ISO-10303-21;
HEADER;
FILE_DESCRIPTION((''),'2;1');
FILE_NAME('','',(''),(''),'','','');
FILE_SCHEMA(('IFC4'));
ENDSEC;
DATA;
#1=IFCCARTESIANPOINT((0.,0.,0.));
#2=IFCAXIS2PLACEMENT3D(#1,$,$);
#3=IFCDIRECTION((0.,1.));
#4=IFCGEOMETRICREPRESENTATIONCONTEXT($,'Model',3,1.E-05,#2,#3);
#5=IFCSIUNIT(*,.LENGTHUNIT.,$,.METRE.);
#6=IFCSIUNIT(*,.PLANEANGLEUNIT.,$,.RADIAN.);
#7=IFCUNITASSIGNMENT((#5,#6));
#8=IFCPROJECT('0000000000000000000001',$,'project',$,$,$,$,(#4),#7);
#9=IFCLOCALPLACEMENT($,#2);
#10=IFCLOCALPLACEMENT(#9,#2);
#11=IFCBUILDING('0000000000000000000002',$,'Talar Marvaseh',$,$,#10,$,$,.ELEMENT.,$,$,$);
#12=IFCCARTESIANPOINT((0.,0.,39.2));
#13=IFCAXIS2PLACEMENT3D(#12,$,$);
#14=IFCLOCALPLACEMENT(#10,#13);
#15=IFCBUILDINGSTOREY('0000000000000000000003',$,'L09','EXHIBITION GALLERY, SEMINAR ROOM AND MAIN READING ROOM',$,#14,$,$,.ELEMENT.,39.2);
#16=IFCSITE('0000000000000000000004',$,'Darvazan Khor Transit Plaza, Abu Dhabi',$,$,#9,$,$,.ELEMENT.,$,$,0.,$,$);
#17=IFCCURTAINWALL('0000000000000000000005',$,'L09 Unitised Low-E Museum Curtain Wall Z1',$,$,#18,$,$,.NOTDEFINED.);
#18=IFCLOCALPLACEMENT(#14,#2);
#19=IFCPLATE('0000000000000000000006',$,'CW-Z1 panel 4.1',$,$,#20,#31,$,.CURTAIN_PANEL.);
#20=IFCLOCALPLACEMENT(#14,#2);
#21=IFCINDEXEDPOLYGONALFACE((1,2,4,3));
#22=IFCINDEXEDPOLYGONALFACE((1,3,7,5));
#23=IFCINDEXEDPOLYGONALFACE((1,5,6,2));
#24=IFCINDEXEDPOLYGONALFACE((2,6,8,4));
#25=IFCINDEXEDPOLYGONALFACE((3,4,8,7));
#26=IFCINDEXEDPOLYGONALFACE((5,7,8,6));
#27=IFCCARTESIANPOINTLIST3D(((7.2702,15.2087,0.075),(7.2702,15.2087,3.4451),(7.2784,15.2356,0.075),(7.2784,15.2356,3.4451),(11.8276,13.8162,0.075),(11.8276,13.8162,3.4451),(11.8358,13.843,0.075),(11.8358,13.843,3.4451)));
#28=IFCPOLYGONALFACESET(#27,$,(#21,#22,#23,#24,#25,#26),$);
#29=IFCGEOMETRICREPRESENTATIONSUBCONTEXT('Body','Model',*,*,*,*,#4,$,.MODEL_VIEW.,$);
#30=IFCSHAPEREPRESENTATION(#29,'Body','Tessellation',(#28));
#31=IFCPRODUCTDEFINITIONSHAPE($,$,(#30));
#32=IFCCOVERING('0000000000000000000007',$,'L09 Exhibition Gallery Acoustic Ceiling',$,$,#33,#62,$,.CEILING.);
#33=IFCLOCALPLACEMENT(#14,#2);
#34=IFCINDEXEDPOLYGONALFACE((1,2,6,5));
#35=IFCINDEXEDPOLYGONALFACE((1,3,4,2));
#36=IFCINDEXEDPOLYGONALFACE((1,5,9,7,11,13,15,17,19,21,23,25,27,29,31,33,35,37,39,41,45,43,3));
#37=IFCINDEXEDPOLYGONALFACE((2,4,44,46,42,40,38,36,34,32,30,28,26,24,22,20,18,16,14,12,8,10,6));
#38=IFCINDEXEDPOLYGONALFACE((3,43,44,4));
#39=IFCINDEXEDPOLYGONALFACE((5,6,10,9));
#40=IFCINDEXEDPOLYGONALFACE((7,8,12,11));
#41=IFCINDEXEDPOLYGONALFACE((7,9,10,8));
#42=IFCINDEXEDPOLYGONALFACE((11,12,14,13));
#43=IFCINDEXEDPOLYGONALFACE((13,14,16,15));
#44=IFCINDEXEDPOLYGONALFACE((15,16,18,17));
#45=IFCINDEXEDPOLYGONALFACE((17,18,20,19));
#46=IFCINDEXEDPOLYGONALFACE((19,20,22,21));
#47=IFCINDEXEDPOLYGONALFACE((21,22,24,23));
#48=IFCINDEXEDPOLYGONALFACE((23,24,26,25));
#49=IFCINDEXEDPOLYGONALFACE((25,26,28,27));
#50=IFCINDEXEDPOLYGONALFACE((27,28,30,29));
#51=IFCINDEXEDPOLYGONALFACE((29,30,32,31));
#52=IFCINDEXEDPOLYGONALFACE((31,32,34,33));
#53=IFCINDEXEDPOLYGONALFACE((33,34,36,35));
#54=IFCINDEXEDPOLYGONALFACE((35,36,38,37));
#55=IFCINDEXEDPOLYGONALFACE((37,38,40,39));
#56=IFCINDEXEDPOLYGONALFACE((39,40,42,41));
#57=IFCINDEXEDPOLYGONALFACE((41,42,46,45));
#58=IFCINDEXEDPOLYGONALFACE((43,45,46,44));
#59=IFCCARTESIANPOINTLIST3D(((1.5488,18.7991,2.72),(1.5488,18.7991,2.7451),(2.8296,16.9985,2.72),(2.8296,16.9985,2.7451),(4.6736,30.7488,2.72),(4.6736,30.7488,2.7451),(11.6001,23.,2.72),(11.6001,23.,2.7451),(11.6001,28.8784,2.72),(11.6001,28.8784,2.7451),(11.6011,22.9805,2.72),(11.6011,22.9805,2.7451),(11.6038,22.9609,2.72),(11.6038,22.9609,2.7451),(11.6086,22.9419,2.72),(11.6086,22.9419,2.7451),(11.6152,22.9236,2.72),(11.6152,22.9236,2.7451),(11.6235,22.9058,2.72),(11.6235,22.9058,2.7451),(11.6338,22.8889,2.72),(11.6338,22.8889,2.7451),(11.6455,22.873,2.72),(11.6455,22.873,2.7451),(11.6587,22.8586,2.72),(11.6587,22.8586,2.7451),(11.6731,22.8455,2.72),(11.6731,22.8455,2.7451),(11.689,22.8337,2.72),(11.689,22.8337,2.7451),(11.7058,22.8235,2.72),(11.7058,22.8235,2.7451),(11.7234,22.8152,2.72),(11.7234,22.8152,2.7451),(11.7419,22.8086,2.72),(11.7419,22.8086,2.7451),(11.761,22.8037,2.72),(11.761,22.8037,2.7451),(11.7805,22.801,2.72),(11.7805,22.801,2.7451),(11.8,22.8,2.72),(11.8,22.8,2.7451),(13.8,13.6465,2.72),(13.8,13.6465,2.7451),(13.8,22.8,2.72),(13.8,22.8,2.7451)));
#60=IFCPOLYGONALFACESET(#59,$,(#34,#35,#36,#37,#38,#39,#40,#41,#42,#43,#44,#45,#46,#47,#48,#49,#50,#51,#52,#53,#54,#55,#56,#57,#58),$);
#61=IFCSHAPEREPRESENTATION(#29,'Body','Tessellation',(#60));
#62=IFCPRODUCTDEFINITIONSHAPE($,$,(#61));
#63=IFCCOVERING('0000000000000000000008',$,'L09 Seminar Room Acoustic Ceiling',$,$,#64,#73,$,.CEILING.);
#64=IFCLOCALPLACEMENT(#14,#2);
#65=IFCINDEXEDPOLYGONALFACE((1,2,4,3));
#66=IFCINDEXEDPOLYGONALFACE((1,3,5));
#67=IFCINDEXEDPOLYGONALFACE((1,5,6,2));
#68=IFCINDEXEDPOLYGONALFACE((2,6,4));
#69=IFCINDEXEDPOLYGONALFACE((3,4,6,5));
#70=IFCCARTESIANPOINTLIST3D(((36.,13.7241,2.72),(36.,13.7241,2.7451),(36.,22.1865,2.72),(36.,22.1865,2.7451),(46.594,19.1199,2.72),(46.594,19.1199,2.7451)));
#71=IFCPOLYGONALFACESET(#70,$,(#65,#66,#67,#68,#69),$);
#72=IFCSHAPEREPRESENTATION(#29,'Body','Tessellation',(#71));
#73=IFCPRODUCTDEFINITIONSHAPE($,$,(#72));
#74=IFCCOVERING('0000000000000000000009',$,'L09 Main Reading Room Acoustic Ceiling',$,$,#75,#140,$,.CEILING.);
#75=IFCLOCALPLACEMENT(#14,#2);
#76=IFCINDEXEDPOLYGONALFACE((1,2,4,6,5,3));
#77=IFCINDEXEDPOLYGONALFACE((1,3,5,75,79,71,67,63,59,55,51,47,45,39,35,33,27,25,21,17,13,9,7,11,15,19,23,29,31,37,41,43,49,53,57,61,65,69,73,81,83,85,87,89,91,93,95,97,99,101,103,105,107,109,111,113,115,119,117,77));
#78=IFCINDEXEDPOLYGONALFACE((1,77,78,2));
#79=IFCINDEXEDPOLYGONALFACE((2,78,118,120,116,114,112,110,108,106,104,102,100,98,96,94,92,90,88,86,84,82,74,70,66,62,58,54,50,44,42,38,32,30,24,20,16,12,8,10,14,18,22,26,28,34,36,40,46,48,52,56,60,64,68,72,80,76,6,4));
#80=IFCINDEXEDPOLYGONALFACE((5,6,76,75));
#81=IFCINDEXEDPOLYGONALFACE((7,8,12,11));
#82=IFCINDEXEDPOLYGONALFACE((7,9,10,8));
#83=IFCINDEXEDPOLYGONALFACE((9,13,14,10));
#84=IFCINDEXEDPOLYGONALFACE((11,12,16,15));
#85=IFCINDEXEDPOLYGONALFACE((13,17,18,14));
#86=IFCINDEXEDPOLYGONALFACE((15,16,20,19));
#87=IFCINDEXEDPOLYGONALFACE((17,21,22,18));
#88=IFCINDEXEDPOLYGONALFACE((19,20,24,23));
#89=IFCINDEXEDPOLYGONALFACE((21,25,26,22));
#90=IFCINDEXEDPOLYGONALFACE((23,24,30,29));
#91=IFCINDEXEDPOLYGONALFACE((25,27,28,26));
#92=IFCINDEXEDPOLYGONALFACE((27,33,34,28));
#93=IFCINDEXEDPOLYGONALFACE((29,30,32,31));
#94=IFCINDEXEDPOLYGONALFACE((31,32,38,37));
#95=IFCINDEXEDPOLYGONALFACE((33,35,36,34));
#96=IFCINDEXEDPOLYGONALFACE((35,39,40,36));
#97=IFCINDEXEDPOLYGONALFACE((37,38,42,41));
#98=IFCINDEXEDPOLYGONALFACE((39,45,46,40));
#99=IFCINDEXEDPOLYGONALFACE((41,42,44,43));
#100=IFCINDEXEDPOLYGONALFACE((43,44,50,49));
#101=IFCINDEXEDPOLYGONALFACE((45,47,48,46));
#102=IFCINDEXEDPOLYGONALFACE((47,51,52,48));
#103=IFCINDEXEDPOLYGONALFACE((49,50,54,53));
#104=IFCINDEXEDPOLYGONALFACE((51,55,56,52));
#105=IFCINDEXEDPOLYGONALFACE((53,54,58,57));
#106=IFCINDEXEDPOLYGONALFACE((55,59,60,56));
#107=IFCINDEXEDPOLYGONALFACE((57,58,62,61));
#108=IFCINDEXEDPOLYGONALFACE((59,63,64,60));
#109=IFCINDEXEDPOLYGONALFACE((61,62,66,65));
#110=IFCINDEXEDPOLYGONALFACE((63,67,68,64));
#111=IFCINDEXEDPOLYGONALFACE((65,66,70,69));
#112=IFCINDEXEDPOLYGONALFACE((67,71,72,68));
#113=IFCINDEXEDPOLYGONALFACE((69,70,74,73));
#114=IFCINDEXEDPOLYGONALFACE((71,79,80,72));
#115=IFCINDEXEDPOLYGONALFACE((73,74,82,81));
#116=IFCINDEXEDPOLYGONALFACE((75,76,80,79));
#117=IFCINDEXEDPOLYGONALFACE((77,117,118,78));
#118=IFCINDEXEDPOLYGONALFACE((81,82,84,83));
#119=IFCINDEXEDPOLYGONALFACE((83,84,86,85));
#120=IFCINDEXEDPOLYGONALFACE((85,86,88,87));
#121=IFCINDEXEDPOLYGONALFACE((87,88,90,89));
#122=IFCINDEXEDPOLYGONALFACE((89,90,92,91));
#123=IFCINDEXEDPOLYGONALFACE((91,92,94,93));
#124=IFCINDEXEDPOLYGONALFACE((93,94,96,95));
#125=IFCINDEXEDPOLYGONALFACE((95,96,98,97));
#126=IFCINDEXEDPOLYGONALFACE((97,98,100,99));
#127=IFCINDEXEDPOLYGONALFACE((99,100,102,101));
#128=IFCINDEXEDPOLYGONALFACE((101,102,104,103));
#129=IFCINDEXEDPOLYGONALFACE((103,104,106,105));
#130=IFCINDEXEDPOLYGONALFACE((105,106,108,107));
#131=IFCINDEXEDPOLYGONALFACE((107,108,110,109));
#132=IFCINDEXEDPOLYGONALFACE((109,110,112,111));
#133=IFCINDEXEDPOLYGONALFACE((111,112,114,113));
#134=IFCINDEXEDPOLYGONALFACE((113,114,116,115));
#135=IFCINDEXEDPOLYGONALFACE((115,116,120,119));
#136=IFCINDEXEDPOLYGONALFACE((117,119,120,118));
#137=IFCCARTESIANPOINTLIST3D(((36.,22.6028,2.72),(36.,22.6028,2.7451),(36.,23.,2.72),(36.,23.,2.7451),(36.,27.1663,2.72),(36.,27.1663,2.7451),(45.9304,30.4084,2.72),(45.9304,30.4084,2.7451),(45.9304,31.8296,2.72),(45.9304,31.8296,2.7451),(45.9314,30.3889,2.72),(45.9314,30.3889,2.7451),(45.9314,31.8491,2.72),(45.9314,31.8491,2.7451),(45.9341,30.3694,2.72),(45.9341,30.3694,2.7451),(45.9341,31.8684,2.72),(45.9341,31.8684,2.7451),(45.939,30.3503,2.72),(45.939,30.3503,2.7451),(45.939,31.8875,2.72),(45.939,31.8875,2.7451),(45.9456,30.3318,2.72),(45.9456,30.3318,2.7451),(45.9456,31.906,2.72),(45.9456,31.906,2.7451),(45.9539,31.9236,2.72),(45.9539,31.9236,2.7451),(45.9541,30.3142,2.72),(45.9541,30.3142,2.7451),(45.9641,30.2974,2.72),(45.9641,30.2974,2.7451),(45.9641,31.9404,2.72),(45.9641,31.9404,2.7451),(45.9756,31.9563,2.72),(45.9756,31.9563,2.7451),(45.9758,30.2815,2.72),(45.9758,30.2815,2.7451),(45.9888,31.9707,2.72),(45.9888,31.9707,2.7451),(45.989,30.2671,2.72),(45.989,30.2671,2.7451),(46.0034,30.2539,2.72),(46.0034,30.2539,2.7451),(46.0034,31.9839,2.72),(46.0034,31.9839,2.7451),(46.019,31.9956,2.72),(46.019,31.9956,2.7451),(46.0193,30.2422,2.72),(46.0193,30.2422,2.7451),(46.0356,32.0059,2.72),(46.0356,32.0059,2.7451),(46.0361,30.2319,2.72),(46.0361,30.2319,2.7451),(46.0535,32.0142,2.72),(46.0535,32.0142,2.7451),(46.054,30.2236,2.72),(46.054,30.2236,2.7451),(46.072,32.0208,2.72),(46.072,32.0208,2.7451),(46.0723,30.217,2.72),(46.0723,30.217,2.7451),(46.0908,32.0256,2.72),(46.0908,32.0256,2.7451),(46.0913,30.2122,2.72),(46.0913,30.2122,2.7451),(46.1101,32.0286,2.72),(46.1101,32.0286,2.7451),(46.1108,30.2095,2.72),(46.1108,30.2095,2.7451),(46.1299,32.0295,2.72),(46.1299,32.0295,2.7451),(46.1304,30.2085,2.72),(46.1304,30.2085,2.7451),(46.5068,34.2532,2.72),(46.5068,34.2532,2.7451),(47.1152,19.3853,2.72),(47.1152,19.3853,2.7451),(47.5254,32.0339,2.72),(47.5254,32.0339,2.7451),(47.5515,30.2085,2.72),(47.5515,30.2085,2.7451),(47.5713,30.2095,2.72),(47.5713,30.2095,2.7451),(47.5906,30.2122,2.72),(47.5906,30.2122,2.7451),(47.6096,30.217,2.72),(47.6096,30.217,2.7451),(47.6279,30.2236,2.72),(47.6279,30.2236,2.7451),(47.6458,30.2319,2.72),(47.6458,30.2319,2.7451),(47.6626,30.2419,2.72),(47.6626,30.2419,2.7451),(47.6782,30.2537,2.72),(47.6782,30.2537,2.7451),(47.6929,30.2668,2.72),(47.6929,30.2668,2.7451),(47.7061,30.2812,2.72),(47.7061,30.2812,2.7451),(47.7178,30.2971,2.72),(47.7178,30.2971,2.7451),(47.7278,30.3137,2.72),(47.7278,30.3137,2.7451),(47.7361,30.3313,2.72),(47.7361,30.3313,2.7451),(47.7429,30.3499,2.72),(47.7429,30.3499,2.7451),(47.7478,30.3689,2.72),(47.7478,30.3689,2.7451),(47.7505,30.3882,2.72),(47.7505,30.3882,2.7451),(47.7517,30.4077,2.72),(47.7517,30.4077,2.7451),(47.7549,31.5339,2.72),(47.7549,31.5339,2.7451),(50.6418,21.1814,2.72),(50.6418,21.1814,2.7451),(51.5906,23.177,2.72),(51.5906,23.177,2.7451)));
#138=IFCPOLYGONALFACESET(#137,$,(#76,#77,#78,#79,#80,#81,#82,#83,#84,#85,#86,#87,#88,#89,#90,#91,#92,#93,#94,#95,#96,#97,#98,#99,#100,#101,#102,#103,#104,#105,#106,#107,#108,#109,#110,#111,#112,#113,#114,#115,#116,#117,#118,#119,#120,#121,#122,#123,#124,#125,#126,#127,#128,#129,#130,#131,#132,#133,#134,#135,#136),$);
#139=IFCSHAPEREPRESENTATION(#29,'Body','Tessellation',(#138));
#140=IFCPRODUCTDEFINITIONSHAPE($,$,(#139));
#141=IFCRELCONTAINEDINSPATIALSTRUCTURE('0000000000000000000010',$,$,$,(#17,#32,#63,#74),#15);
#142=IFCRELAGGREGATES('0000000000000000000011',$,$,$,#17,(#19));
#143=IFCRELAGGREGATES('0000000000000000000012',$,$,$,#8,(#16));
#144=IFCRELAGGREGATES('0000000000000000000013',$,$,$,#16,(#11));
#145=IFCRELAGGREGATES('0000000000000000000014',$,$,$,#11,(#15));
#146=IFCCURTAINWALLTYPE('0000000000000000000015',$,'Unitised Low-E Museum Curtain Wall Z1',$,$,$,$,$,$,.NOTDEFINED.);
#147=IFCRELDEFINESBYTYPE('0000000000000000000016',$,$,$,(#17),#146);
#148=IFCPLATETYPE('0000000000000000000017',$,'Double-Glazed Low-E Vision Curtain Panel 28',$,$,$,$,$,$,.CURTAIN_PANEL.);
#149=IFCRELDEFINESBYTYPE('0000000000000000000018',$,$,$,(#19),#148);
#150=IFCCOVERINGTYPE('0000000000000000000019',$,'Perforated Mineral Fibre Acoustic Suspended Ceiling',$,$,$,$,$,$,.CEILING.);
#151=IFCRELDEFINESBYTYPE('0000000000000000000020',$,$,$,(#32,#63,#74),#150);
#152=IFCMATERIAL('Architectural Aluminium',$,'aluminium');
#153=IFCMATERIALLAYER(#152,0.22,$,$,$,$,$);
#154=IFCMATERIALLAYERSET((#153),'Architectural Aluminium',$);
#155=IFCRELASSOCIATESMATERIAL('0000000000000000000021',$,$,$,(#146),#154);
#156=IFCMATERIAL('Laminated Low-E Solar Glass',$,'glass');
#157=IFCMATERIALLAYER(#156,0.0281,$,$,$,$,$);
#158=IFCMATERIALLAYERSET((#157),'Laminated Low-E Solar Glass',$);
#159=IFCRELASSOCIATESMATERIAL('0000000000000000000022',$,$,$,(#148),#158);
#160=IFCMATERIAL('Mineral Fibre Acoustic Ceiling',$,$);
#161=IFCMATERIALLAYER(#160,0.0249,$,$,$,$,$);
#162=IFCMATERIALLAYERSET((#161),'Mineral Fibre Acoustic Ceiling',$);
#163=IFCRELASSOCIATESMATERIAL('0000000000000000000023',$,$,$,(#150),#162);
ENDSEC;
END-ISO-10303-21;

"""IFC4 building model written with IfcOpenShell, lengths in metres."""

from ifc_helpers import new_model, si_unit, direction, frame, origin, origin_2d, place, context, subcontext, project, spatial, polyline, rectangle, outline, extrude, source, transform, mapped, material, layer, layer_set, type_object, type_shapes, element, aggregate, save


model = new_model("IFC4")

# Units and contexts
model_context = context("Model", 3, precision=1e-05, world=origin(), true_north=direction((0.0, 1.0)))
body_context = subcontext(model_context, "Body", "Model", "MODEL_VIEW")
ifc_project = project(units=[si_unit("LENGTHUNIT", "METRE"), si_unit("PLANEANGLEUNIT", "RADIAN")], contexts=[model_context])

# Site, building, storey
site_placement = place(None, origin())
site = spatial("IfcSite", under=ifc_project, at=site_placement, Name="Darvazan Khor Transit Plaza, Abu Dhabi", CompositionType="ELEMENT", RefElevation=0.0)
building_placement = place(site_placement, origin())
building = spatial("IfcBuilding", under=site, at=building_placement, Name="Talar Marvaseh", CompositionType="ELEMENT")
storey_placement = place(building_placement, frame((0.0, 0.0, 39.2)))
storey = spatial("IfcBuildingStorey", under=building, at=storey_placement, Name="L09", Description="EXHIBITION GALLERY, SEMINAR ROOM AND MAIN READING ROOM", CompositionType="ELEMENT", Elevation=39.2)

# Curtain wall
ifc_material_1 = material(Name="Architectural Aluminium", Category="aluminium")
ifc_layer_1 = layer(ifc_material_1, 0.22)
ifc_layer_set_1 = layer_set([ifc_layer_1], Name="Architectural Aluminium")
curtain_wall_type = type_object("IfcCurtainWallType", Name="Unitised Low-E Museum Curtain Wall Z1", PredefinedType="NOTDEFINED", material=ifc_layer_set_1)
curtain_wall_placement = place(storey_placement, origin())
curtain_wall = element("IfcCurtainWall", 1, at=curtain_wall_placement, inside=storey, type_object=curtain_wall_type, Name="L09 Unitised Low-E Museum Curtain Wall Z1", PredefinedType="NOTDEFINED")

# Plate
ifc_material_2 = material(Name="Laminated Low-E Solar Glass", Category="glass")
ifc_layer_2 = layer(ifc_material_2, 0.0281)
ifc_layer_set_2 = layer_set([ifc_layer_2], Name="Laminated Low-E Solar Glass")
plate_type = type_object("IfcPlateType", Name="Double-Glazed Low-E Vision Curtain Panel 28", PredefinedType="CURTAIN_PANEL", material=ifc_layer_set_2)
shared_shape_1 = source(origin(), body_context, "Body", "SweptSolid", [
    extrude(rectangle(XDim=4.7654, YDim=0.0281, at=origin_2d()), origin(), (0.0, 0.0, 1.0), 3.3701),
])
type_shapes(plate_type, [shared_shape_1])
plate_placement = place(storey_placement, frame((9.553, 14.5259, 0.075), z_axis=(0.0, 0.0, 1.0), x_axis=(-0.95635, 0.292223, 0.0)))
plate = element("IfcPlate", 2, at=plate_placement, type_object=plate_type, Name="CW-Z1 panel 4.1", PredefinedType="CURTAIN_PANEL", context=body_context, shape_type="MappedRepresentation", body=[
    mapped(shared_shape_1, transform((0.0, 0.0, 0.0), x_axis=(1.0, 0.0, 0.0), y_axis=(0.0, 1.0, 0.0), z_axis=(0.0, 0.0, 1.0), scale=1.0)),
])
aggregate(curtain_wall, [plate])

# Coverings
ifc_material_3 = material(Name="Mineral Fibre Acoustic Ceiling")
ifc_layer_3 = layer(ifc_material_3, 0.0249)
ifc_layer_set_3 = layer_set([ifc_layer_3], Name="Mineral Fibre Acoustic Ceiling")
covering_type_1 = type_object("IfcCoveringType", Name="Perforated Mineral Fibre Acoustic Suspended Ceiling", PredefinedType="CEILING", material=ifc_layer_set_3)
covering_1_placement = place(storey_placement, frame((0.0, 0.0, 2.72)))
element("IfcCovering", 3, at=covering_1_placement, inside=storey, type_object=covering_type_1, Name="L09 Exhibition Gallery Acoustic Ceiling", PredefinedType="CEILING", context=body_context, shape_type="SweptSolid", body=[
    extrude(outline(polyline([(11.6001, 28.8784), (11.6001, 23.0), (11.6011, 22.9805), (11.6038, 22.9609), (11.6086, 22.9419), (11.6152, 22.9236), (11.6235, 22.9058), (11.6338, 22.8889), (11.6455, 22.873), (11.6587, 22.8586), (11.6731, 22.8455), (11.689, 22.8337), (11.7058, 22.8235), (11.7234, 22.8152), (11.7419, 22.8086), (11.761, 22.8037), (11.7805, 22.801), (11.8, 22.8), (13.8, 22.8), (13.8, 13.6465), (2.8296, 16.9985), (1.5488, 18.7991), (4.6736, 30.7488), (11.6001, 28.8784)])), origin(), (0.0, 0.0, 1.0), 0.0251),
])
covering_2_placement = place(storey_placement, frame((0.0, 0.0, 2.72)))
element("IfcCovering", 4, at=covering_2_placement, inside=storey, type_object=covering_type_1, Name="L09 Seminar Room Acoustic Ceiling", PredefinedType="CEILING", context=body_context, shape_type="SweptSolid", body=[
    extrude(outline(polyline([(36.0, 13.7241), (36.0, 22.1865), (46.594, 19.1199), (36.0, 13.7241)])), origin(), (0.0, 0.0, 1.0), 0.0251),
])
covering_3_placement = place(storey_placement, frame((0.0, 0.0, 2.72)))
element("IfcCovering", 5, at=covering_3_placement, inside=storey, type_object=covering_type_1, Name="L09 Main Reading Room Acoustic Ceiling", PredefinedType="CEILING", context=body_context, shape_type="SweptSolid", body=[
    extrude(outline(polyline([(46.1101, 32.0286), (46.0908, 32.0256), (46.072, 32.0208), (46.0535, 32.0142), (46.0356, 32.0059), (46.019, 31.9956), (46.0034, 31.9839), (45.9888, 31.9707), (45.9756, 31.9563), (45.9641, 31.9404), (45.9539, 31.9236), (45.9456, 31.906), (45.939, 31.8875), (45.9341, 31.8684), (45.9314, 31.8491), (45.9304, 31.8296), (45.9304, 30.4084), (45.9314, 30.3889), (45.9341, 30.3694), (45.939, 30.3503), (45.9456, 30.3318), (45.9541, 30.3142), (45.9641, 30.2974), (45.9758, 30.2815), (45.989, 30.2671), (46.0034, 30.2539), (46.0193, 30.2422), (46.0361, 30.2319), (46.054, 30.2236), (46.0723, 30.217), (46.0913, 30.2122), (46.1108, 30.2095), (46.1304, 30.2085), (47.5515, 30.2085), (47.5713, 30.2095), (47.5906, 30.2122), (47.6096, 30.217), (47.6279, 30.2236), (47.6458, 30.2319), (47.6626, 30.2419), (47.6782, 30.2537), (47.6929, 30.2668), (47.7061, 30.2812), (47.7178, 30.2971), (47.7278, 30.3137), (47.7361, 30.3313), (47.7429, 30.3499), (47.7478, 30.3689), (47.7505, 30.3882), (47.7517, 30.4077), (47.7549, 31.5339), (51.5906, 23.177), (50.6418, 21.1814), (47.1152, 19.3853), (36.0, 22.6028), (36.0, 23.0), (36.0, 27.1663), (46.5068, 34.2532), (47.5254, 32.0339), (46.1299, 32.0295), (46.1101, 32.0286)])), origin(), (0.0, 0.0, 1.0), 0.0251),
])

save(model, "model.ifc")
